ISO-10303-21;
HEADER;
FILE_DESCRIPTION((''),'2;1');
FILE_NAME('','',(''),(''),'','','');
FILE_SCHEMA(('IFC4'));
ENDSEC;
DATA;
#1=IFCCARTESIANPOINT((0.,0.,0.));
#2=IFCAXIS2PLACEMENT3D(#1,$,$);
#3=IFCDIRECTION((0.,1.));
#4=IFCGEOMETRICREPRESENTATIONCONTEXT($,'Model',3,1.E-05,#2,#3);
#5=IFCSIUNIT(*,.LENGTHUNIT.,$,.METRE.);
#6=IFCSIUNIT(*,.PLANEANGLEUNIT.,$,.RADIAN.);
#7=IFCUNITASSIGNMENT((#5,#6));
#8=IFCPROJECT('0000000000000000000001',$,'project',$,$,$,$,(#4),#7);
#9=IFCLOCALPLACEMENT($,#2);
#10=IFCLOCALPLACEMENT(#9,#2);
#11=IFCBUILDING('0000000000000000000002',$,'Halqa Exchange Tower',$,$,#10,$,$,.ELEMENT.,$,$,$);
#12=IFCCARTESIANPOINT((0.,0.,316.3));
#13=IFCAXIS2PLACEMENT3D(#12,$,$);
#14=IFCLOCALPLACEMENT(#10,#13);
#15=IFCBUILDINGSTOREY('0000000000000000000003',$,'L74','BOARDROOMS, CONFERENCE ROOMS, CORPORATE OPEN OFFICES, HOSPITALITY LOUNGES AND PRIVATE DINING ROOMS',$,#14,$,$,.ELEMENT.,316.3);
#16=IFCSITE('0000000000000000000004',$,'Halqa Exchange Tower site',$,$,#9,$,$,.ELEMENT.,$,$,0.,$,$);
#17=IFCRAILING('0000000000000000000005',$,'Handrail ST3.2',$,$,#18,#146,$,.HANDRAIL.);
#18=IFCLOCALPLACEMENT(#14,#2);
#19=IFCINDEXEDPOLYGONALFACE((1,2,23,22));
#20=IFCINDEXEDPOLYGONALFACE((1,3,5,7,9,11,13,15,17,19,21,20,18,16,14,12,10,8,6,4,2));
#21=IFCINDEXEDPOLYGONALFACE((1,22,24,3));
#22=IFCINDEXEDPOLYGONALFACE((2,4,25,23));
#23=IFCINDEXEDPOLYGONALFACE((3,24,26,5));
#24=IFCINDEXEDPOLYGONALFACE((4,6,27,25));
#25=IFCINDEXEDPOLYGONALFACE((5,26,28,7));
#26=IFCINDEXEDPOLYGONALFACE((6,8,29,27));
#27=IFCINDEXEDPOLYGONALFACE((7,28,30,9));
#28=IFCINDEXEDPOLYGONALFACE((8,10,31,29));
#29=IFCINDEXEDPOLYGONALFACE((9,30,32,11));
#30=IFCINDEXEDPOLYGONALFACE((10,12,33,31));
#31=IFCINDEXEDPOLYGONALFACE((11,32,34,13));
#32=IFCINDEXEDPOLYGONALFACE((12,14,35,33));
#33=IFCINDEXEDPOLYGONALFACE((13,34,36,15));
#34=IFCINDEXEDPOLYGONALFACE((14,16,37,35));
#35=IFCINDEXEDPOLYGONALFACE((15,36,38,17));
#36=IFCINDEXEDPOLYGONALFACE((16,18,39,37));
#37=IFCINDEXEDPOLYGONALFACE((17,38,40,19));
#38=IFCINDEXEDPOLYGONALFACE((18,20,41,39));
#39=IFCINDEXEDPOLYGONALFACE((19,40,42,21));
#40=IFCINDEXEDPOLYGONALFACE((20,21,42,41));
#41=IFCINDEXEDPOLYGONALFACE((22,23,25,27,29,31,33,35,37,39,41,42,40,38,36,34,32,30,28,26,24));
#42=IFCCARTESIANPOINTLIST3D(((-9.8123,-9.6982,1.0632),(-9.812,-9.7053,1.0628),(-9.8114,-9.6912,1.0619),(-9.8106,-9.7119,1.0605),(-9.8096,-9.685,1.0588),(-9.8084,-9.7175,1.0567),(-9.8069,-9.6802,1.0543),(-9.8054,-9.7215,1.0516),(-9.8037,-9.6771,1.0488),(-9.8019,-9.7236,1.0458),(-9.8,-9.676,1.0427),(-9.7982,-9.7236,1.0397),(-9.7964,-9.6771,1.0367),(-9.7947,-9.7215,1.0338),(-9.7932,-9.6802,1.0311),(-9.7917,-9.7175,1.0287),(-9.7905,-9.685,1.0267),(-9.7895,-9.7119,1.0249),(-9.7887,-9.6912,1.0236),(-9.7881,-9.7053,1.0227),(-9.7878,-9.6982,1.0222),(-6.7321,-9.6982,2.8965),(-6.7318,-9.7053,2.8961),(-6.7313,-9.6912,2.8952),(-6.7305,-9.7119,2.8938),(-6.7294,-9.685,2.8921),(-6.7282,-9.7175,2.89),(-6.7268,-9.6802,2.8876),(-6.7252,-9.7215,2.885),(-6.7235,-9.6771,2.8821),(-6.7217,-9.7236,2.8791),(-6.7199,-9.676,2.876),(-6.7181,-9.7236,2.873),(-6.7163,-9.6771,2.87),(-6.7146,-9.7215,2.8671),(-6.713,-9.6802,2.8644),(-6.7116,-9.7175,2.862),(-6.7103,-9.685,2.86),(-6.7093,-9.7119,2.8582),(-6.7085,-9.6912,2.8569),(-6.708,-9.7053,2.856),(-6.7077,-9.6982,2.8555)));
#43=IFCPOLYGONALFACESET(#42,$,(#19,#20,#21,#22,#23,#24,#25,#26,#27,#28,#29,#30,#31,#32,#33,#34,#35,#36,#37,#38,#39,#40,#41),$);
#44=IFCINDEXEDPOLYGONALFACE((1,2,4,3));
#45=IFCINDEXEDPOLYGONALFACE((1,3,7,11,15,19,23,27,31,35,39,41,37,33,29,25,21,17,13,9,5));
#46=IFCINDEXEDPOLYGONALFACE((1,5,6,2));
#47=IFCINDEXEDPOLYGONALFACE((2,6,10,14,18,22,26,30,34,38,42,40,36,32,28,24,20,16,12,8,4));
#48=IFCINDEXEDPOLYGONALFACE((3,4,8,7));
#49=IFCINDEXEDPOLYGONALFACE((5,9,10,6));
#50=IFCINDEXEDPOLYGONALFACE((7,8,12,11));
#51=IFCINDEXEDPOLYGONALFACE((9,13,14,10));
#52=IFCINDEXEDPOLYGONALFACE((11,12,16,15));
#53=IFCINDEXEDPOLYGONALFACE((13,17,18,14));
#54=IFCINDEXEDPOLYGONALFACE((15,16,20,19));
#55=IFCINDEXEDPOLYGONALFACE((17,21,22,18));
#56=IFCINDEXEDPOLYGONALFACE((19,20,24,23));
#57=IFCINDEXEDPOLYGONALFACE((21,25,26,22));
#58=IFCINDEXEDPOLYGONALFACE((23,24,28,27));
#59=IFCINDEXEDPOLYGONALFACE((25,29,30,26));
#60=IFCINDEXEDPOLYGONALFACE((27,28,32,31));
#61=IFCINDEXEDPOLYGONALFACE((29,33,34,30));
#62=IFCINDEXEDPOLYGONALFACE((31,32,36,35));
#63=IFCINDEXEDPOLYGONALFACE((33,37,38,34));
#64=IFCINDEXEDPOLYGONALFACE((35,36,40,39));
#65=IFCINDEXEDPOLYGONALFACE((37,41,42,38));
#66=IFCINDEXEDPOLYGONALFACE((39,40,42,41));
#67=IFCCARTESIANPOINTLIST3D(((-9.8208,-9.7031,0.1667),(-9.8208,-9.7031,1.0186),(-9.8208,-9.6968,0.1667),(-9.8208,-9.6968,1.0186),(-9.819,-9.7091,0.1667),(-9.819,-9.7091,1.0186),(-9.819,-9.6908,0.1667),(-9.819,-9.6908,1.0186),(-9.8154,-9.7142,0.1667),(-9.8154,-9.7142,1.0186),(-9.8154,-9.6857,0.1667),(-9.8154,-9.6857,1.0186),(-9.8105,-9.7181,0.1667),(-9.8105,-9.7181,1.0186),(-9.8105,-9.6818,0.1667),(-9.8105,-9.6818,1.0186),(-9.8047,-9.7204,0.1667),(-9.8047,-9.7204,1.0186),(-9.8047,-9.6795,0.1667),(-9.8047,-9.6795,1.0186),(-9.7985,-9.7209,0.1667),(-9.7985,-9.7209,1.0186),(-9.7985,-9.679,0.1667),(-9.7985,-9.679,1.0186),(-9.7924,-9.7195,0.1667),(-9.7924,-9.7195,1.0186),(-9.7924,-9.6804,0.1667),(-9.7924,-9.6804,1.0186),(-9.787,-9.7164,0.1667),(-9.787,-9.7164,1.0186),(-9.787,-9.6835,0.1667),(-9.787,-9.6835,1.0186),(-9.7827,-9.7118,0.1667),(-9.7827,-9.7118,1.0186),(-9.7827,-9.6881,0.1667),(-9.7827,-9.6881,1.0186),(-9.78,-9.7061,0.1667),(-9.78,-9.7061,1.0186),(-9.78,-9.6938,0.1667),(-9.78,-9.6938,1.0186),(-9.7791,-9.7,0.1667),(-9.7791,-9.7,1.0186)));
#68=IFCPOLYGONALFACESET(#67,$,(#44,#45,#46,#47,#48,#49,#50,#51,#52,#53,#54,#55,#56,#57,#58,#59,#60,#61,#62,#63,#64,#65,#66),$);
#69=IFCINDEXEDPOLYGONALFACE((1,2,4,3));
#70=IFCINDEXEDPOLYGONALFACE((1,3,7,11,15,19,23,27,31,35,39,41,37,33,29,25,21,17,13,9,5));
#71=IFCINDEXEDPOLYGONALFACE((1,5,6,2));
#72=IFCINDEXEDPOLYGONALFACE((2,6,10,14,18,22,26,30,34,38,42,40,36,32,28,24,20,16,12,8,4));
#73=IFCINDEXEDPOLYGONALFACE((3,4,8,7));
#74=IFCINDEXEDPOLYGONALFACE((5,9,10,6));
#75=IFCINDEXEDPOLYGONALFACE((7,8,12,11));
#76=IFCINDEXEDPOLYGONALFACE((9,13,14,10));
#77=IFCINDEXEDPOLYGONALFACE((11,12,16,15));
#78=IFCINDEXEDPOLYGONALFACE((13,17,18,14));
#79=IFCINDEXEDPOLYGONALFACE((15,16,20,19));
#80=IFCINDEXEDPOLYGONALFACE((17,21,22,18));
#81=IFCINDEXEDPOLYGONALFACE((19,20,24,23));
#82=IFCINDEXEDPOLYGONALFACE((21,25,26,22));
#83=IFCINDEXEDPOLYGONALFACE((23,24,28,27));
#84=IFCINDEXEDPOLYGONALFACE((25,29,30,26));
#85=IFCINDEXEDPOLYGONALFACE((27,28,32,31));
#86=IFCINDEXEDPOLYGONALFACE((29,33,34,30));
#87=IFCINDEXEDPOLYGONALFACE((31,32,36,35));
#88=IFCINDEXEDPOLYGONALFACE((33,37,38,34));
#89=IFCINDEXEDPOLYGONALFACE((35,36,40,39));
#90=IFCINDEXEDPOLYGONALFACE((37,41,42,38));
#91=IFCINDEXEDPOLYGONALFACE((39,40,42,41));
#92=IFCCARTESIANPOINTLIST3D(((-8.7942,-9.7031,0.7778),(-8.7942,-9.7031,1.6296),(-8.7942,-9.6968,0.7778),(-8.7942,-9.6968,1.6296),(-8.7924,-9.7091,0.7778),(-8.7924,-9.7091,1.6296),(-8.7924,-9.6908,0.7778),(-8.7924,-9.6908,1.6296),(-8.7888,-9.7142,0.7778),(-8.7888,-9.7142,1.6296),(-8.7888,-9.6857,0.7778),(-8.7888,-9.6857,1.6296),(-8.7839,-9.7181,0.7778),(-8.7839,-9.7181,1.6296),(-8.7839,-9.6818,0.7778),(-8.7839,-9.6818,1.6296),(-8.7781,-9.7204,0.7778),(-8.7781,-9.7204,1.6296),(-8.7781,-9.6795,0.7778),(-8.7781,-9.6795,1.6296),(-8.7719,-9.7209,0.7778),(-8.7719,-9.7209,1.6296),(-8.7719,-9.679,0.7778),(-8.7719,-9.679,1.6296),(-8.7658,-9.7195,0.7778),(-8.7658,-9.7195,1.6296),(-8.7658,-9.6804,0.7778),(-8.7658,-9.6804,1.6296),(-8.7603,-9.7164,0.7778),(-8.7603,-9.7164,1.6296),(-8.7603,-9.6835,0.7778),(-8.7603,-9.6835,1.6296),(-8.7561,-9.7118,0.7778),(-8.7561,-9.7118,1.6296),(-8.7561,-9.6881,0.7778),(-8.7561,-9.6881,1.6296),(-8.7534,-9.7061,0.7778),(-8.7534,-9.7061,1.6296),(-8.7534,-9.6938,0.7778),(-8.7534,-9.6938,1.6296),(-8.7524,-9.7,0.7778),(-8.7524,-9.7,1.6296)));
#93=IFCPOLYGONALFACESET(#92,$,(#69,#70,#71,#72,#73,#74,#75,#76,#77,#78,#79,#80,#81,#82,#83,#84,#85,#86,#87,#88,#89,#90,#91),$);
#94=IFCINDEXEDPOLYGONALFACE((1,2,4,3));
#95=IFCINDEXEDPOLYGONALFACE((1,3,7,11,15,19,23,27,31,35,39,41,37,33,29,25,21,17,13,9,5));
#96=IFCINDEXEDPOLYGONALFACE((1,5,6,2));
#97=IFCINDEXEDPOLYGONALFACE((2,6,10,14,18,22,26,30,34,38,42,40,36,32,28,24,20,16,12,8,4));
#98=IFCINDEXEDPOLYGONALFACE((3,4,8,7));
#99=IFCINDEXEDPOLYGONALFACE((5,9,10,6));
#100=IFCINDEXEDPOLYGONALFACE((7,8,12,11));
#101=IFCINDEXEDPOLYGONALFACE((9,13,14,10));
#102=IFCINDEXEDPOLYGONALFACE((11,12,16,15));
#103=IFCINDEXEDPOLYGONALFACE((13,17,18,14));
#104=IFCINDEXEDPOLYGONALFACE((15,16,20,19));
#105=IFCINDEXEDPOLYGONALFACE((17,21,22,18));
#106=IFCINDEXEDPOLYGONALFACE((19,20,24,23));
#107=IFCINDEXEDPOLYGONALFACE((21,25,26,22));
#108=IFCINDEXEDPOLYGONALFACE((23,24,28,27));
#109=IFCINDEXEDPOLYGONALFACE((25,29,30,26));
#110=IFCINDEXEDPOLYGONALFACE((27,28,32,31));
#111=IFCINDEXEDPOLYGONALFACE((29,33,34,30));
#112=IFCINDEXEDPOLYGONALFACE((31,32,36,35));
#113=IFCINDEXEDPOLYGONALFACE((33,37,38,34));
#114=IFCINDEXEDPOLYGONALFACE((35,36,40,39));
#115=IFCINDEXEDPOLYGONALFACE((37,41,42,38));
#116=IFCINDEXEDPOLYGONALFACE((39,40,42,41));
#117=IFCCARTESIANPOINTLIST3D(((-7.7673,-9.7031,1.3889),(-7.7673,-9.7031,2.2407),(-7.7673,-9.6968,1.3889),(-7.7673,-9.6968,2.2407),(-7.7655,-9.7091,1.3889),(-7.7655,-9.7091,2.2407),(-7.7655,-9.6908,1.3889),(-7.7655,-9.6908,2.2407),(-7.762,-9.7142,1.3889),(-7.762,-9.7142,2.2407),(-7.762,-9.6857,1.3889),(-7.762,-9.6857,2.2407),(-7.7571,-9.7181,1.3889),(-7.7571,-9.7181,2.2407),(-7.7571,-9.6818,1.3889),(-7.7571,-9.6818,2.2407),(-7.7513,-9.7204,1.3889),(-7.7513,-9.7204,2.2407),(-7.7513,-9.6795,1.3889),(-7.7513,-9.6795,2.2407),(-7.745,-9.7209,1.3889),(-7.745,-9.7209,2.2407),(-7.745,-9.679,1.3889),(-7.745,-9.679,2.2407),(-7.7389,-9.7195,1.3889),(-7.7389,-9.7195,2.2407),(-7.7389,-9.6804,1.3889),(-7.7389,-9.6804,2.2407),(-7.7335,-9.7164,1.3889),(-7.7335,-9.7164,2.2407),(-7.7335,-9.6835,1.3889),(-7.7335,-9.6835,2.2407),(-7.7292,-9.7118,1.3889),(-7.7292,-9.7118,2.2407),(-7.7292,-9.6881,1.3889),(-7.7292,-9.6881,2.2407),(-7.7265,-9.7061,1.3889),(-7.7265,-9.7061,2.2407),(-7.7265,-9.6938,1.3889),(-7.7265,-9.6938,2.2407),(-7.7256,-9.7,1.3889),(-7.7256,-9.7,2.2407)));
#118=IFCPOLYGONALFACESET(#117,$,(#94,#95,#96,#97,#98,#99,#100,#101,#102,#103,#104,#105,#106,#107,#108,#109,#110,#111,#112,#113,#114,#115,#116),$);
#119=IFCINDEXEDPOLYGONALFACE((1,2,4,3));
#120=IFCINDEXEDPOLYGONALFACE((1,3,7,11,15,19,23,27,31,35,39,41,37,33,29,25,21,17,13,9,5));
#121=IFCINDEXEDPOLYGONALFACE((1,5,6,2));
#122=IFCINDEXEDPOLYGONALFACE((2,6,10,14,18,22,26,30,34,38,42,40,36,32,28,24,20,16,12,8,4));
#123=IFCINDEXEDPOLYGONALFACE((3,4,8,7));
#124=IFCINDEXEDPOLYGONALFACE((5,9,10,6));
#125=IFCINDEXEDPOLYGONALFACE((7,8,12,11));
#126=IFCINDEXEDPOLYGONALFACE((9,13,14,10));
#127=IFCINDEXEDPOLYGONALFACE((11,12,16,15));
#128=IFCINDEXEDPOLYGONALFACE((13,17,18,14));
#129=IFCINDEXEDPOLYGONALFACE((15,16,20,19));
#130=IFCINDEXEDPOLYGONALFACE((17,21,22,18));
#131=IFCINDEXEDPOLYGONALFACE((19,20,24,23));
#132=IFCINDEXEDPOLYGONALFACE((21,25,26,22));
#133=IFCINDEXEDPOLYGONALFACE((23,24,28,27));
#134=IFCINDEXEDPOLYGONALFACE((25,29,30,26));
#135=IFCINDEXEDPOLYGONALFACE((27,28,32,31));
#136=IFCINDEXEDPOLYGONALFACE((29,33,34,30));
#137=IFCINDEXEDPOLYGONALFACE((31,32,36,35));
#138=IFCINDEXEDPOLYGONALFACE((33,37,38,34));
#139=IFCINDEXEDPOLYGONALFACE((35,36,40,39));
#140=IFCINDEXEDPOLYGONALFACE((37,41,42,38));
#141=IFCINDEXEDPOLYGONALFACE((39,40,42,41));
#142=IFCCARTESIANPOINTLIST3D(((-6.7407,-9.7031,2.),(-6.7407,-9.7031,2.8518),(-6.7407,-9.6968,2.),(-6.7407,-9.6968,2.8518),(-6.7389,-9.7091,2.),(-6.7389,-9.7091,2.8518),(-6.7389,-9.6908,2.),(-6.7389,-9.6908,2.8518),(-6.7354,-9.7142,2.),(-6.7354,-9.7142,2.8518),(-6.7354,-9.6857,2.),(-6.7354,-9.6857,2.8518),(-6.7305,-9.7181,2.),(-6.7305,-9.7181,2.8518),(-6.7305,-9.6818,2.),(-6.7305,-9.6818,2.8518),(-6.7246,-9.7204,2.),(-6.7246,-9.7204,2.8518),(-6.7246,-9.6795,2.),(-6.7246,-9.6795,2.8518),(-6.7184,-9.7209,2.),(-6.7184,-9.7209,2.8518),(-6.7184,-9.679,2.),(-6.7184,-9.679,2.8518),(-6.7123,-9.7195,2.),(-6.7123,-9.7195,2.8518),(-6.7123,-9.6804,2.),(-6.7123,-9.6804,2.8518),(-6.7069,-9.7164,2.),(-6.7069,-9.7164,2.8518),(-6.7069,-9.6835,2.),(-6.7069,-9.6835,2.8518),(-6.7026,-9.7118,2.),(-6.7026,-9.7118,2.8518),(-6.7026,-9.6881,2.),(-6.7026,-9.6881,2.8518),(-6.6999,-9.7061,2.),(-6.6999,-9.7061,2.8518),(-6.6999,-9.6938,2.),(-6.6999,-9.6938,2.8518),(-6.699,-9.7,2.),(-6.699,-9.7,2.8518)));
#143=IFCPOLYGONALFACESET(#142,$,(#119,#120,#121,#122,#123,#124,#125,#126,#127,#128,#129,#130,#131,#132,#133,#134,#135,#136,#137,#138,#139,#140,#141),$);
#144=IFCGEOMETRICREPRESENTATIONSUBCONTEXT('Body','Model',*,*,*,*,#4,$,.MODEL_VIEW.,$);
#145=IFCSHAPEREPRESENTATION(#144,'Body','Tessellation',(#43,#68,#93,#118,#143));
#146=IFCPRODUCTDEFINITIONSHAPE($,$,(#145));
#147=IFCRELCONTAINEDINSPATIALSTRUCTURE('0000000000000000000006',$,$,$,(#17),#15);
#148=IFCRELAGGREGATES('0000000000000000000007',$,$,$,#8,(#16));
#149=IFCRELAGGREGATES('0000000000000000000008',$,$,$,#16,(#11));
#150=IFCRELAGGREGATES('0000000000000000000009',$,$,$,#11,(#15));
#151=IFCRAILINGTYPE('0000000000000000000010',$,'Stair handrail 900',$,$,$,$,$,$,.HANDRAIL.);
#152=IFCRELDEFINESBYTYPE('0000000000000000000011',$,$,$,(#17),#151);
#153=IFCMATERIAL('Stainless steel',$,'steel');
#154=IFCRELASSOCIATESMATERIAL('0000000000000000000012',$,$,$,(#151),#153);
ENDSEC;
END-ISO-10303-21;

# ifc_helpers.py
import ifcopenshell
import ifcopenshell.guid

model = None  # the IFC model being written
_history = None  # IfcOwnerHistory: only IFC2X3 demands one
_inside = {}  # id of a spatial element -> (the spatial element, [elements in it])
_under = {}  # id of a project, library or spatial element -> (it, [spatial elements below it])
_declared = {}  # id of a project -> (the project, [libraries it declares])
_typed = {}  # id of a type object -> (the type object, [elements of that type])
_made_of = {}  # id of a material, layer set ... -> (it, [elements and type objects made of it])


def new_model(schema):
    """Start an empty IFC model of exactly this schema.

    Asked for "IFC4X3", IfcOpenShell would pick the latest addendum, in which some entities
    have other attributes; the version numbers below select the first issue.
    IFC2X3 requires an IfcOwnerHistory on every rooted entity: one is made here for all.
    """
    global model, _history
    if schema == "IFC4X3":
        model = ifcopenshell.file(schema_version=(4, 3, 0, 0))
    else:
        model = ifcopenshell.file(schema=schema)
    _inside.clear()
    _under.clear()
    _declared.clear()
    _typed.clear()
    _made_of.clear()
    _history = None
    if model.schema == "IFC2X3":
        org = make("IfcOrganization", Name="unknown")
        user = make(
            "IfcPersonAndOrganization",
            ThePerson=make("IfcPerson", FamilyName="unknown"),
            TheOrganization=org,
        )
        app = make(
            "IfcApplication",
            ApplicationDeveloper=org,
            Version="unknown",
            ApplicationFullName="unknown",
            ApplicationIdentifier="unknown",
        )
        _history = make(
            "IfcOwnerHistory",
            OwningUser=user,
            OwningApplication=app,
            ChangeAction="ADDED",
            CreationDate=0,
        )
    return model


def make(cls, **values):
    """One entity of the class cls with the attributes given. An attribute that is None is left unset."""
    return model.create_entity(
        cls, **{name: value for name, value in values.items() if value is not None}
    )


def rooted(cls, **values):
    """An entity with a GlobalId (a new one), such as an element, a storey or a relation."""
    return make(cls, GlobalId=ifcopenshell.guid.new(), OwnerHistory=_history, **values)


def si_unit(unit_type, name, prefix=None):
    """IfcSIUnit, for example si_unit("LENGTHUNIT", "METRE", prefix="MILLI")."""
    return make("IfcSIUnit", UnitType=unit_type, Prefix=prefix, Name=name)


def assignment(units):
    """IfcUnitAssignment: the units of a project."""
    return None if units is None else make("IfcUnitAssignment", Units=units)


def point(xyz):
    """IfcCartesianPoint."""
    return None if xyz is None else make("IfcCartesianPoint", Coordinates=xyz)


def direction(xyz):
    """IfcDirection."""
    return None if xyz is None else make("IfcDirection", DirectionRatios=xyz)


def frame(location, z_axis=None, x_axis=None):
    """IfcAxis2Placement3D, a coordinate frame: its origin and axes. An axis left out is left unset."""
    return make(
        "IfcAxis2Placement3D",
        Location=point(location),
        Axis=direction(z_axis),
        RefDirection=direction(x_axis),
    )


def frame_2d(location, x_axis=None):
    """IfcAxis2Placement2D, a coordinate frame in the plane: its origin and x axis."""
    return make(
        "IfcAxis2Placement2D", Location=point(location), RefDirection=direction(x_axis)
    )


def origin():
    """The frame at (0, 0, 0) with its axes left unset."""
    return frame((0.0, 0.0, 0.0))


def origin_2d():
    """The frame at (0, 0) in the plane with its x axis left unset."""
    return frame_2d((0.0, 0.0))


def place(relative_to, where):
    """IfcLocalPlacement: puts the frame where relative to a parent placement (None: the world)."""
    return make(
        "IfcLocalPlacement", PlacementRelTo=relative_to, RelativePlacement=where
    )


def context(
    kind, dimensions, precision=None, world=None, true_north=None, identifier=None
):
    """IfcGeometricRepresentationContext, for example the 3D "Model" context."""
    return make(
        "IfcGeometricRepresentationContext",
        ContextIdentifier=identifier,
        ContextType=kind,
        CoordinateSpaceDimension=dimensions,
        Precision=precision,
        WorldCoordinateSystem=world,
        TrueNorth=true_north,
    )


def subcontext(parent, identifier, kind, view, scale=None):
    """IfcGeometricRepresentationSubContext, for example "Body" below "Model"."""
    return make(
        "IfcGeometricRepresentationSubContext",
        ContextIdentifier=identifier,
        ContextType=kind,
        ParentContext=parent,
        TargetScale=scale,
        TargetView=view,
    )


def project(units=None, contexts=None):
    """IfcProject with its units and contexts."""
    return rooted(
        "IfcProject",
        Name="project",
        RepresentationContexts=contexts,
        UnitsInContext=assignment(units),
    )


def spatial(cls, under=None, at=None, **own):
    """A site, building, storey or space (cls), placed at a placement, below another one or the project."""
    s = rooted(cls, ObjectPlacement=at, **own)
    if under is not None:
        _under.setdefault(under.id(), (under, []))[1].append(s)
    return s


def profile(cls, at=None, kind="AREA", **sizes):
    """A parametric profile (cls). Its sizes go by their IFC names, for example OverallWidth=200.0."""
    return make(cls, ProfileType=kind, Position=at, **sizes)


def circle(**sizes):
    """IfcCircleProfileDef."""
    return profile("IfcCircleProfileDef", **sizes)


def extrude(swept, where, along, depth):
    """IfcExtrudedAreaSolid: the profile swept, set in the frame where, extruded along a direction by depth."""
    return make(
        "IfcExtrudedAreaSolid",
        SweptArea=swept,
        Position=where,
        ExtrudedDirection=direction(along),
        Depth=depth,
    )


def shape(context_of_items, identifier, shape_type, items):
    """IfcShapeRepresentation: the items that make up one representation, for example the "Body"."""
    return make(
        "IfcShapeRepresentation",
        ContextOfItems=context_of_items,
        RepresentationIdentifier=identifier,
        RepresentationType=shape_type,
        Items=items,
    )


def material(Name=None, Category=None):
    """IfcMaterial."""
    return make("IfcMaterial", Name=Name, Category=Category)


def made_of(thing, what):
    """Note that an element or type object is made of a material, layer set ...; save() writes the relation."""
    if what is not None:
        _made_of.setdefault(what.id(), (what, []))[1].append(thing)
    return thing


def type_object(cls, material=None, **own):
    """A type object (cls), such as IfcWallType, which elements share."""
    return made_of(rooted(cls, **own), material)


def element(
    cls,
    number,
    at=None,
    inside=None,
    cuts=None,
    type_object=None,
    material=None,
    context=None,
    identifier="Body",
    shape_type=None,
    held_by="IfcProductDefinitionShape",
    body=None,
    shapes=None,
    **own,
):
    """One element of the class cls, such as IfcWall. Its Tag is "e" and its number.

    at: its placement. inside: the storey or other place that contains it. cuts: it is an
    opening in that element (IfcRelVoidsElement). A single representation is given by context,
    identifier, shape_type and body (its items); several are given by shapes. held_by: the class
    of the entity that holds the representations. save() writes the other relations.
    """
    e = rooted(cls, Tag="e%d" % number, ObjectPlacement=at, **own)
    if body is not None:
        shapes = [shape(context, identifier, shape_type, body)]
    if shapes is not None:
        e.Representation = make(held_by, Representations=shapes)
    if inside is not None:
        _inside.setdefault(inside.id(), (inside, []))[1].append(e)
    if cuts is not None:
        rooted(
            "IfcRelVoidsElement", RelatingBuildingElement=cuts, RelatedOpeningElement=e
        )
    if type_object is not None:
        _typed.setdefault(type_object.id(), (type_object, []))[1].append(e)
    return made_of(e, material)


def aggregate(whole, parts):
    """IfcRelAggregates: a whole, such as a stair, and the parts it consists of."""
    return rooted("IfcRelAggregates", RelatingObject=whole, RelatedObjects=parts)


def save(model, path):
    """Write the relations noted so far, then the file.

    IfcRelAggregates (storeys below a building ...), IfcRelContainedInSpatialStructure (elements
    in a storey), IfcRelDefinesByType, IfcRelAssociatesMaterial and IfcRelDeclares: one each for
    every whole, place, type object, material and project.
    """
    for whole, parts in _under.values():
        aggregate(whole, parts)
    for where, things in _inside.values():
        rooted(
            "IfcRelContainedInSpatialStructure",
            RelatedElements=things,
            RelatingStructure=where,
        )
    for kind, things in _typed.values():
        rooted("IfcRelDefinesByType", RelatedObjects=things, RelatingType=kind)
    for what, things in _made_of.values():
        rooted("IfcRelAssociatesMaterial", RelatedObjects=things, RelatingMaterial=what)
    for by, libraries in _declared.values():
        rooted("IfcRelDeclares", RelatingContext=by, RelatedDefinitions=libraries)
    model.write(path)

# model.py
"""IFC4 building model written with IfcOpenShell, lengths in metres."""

from ifc_helpers import new_model, si_unit, direction, frame, origin, origin_2d, place, context, subcontext, project, spatial, circle, extrude, material, type_object, element, save


model = new_model("IFC4")

# Units and contexts
model_context = context("Model", 3, precision=1e-05, world=origin(), true_north=direction((0.0, 1.0)))
body_context = subcontext(model_context, "Body", "Model", "MODEL_VIEW")
ifc_project = project(units=[si_unit("LENGTHUNIT", "METRE"), si_unit("PLANEANGLEUNIT", "RADIAN")], contexts=[model_context])

# Site, building, storey
site_placement = place(None, origin())
site = spatial("IfcSite", under=ifc_project, at=site_placement, Name="Halqa Exchange Tower site", CompositionType="ELEMENT", RefElevation=0.0)
building_placement = place(site_placement, origin())
building = spatial("IfcBuilding", under=site, at=building_placement, Name="Halqa Exchange Tower", CompositionType="ELEMENT")
storey_placement = place(building_placement, frame((0.0, 0.0, 316.3)))
storey = spatial("IfcBuildingStorey", under=building, at=storey_placement, Name="L74", Description="BOARDROOMS, CONFERENCE ROOMS, CORPORATE OPEN OFFICES, HOSPITALITY LOUNGES AND PRIVATE DINING ROOMS", CompositionType="ELEMENT", Elevation=316.3)

# Shared definitions
ifc_material_1 = material(Name="Stainless steel", Category="steel")

# Railing
railing_type_1 = type_object("IfcRailingType", Name="Stair handrail 900", PredefinedType="HANDRAIL", material=ifc_material_1)
railing_1_placement = place(storey_placement, frame((-9.8, -9.7, 0.1667)))
element("IfcRailing", 1, at=railing_1_placement, inside=storey, type_object=railing_type_1, Name="Handrail ST3.2", PredefinedType="HANDRAIL", context=body_context, shape_type="SweptSolid", body=[
    extrude(circle(Radius=0.0239, at=origin_2d()), frame((0.0, 0.0, 0.876), z_axis=(0.859309, 0.0, 0.511458), x_axis=(0.0, 1.0, 0.0)), (0.0, 0.0, 1.0), 3.5845),
    extrude(circle(Radius=0.021, at=origin_2d()), origin(), (0.0, 0.0, 1.0), 0.8518),
    extrude(circle(Radius=0.021, at=origin_2d()), frame((1.0266, 0.0, 0.6111)), (0.0, 0.0, 1.0), 0.8518),
    extrude(circle(Radius=0.021, at=origin_2d()), frame((2.0535, 0.0, 1.2222)), (0.0, 0.0, 1.0), 0.8518),
    extrude(circle(Radius=0.021, at=origin_2d()), frame((3.0801, 0.0, 1.8333)), (0.0, 0.0, 1.0), 0.8518),
])

save(model, "model.ifc")
